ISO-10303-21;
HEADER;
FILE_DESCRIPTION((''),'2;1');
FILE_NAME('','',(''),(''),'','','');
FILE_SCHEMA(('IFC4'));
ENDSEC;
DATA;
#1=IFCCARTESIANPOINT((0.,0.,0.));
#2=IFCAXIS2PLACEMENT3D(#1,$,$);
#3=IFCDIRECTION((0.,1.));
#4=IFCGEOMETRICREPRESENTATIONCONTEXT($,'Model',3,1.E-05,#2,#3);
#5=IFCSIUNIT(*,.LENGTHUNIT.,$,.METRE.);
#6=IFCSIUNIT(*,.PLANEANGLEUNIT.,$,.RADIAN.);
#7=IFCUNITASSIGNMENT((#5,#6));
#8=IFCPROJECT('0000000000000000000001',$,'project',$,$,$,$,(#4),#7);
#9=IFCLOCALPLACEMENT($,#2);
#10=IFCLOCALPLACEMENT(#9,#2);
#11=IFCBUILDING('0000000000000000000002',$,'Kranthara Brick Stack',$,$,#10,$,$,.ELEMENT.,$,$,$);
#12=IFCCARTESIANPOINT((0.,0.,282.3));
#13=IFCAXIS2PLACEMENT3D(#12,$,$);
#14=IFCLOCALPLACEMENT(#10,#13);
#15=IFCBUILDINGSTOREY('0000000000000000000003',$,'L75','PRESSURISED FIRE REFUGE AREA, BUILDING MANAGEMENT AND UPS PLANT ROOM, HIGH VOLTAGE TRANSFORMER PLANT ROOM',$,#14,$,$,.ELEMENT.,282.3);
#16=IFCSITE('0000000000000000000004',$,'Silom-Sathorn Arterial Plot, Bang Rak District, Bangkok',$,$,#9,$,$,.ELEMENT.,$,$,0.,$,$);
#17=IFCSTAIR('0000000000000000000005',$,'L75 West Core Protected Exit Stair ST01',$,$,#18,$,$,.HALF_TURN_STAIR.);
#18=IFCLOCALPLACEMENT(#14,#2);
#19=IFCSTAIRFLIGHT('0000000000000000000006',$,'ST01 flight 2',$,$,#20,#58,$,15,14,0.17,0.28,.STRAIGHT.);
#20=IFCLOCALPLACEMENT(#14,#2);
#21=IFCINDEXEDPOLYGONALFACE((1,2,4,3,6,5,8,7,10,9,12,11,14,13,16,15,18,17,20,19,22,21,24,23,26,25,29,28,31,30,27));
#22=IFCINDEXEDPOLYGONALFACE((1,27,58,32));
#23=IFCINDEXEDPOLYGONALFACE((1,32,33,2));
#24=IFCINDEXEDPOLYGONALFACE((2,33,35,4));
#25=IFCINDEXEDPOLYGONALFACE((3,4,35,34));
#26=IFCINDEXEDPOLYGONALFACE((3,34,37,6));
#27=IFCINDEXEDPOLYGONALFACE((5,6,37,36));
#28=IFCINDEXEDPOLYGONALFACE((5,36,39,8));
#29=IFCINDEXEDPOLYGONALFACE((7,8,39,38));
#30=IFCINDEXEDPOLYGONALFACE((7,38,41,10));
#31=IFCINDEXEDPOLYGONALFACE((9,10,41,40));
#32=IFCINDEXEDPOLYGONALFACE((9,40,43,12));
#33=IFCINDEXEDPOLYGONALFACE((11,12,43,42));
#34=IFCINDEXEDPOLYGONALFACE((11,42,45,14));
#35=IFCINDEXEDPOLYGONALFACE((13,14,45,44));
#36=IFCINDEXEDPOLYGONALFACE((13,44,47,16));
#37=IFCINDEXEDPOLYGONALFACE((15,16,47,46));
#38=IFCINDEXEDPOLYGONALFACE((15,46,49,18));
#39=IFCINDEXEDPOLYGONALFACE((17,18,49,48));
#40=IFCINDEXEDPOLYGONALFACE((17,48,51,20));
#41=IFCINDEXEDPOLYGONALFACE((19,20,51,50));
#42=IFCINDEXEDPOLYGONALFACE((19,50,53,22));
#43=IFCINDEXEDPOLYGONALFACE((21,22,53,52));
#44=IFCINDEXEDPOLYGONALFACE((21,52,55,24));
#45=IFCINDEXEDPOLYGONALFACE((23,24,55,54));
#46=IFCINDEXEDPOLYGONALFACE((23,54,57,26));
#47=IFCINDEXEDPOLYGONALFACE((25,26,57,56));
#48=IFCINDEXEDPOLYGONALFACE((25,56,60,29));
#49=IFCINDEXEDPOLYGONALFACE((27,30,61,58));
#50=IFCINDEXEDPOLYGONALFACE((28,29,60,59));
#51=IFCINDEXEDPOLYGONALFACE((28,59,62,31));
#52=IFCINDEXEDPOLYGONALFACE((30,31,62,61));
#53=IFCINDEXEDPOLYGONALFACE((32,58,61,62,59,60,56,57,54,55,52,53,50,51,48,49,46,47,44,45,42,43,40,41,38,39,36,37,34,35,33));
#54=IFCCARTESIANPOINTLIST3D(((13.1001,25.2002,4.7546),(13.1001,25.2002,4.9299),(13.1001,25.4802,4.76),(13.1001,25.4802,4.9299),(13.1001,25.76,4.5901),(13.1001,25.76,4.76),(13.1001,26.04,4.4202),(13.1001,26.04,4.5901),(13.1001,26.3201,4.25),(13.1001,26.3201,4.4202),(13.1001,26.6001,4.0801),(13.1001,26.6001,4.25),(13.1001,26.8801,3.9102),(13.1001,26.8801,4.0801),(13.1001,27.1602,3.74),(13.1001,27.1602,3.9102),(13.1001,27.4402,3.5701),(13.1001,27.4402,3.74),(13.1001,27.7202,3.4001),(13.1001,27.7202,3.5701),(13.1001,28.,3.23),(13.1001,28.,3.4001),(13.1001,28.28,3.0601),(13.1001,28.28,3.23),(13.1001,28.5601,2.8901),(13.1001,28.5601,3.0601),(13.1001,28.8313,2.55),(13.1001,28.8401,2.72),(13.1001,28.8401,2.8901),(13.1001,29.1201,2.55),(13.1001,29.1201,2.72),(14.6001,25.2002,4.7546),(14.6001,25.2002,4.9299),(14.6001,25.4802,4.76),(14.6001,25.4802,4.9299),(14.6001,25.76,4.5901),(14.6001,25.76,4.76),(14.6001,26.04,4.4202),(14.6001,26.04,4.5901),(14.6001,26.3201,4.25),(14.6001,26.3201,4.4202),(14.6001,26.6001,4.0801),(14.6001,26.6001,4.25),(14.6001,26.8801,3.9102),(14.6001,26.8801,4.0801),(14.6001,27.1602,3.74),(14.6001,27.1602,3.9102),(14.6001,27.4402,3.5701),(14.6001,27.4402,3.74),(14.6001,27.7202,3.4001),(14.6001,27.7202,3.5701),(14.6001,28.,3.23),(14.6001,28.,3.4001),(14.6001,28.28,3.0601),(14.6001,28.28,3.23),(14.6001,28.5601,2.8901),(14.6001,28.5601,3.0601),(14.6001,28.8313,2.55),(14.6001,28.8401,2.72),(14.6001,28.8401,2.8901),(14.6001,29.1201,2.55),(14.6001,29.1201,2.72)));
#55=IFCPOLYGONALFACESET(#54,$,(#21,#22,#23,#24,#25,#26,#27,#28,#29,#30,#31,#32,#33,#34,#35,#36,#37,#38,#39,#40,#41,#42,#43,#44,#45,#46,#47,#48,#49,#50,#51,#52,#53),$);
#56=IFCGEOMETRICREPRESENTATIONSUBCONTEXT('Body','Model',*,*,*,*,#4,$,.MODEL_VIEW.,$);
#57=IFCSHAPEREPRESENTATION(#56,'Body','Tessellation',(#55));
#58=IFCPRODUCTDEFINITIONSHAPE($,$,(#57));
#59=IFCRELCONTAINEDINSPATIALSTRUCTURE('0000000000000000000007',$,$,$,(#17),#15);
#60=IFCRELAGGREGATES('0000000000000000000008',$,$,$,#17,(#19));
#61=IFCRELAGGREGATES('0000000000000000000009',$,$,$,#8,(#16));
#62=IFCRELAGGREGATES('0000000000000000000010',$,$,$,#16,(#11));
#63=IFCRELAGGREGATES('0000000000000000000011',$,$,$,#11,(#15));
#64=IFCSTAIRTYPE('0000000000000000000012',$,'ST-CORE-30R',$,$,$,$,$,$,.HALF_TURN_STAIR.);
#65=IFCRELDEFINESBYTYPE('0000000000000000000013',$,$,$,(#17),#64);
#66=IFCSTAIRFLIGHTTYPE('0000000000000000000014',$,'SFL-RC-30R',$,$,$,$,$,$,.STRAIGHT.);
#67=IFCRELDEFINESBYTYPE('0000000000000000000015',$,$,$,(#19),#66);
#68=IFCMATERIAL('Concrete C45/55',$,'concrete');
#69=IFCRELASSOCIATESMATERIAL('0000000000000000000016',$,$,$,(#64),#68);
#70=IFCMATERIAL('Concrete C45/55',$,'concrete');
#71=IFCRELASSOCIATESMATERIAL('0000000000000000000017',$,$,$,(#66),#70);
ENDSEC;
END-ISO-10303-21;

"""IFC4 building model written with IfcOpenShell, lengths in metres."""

from ifc_helpers import new_model, si_unit, direction, frame, origin, place, context, subcontext, project, spatial, polyline, outline, extrude, material, type_object, element, aggregate, save


model = new_model("IFC4")

# Units and contexts
model_context = context("Model", 3, precision=1e-05, world=origin(), true_north=direction((0.0, 1.0)))
body_context = subcontext(model_context, "Body", "Model", "MODEL_VIEW")
ifc_project = project(units=[si_unit("LENGTHUNIT", "METRE"), si_unit("PLANEANGLEUNIT", "RADIAN")], contexts=[model_context])

# Site, building, storey
site_placement = place(None, origin())
site = spatial("IfcSite", under=ifc_project, at=site_placement, Name="Silom-Sathorn Arterial Plot, Bang Rak District, Bangkok", CompositionType="ELEMENT", RefElevation=0.0)
building_placement = place(site_placement, origin())
building = spatial("IfcBuilding", under=site, at=building_placement, Name="Kranthara Brick Stack", CompositionType="ELEMENT")
storey_placement = place(building_placement, frame((0.0, 0.0, 282.3)))
storey = spatial("IfcBuildingStorey", under=building, at=storey_placement, Name="L75", Description="PRESSURISED FIRE REFUGE AREA, BUILDING MANAGEMENT AND UPS PLANT ROOM, HIGH VOLTAGE TRANSFORMER PLANT ROOM", CompositionType="ELEMENT", Elevation=282.3)

# Stair, stair flight
ifc_material_1 = material(Name="Concrete C45/55", Category="concrete")
stair_type = type_object("IfcStairType", Name="ST-CORE-30R", PredefinedType="HALF_TURN_STAIR", material=ifc_material_1)
stair_placement = place(storey_placement, origin())
stair = element("IfcStair", 1, at=stair_placement, inside=storey, type_object=stair_type, Name="L75 West Core Protected Exit Stair ST01", PredefinedType="HALF_TURN_STAIR")
ifc_material_2 = material(Name="Concrete C45/55", Category="concrete")
stair_flight_type = type_object("IfcStairFlightType", Name="SFL-RC-30R", PredefinedType="STRAIGHT", material=ifc_material_2)
stair_flight_placement = place(storey_placement, frame((13.8501, 29.1201, 2.55), z_axis=(0.0, 0.0, 1.0), x_axis=(0.0, -1.0, 0.0)))
stair_flight = element("IfcStairFlight", 2, at=stair_flight_placement, type_object=stair_flight_type, Name="ST01 flight 2", NumberOfRisers=15, NumberOfTreads=14, PredefinedType="STRAIGHT", RiserHeight=0.17, TreadLength=0.28, context=body_context, shape_type="SweptSolid", body=[
    extrude(outline(polyline([(0.0, 0.0), (0.0, 0.1699), (0.28, 0.1699), (0.28, 0.3401), (0.5601, 0.3401), (0.5601, 0.51), (0.8401, 0.51), (0.8401, 0.6799), (1.1201, 0.6799), (1.1201, 0.8501), (1.3999, 0.8501), (1.3999, 1.02), (1.6799, 1.02), (1.6799, 1.1899), (1.96, 1.1899), (1.96, 1.3601), (2.24, 1.3601), (2.24, 1.53), (2.52, 1.53), (2.52, 1.7), (2.8, 1.7), (2.8, 1.8701), (3.0801, 1.8701), (3.0801, 2.04), (3.3601, 2.04), (3.3601, 2.21), (3.6399, 2.21), (3.6399, 2.3799), (3.9199, 2.3799), (3.9199, 2.55), (3.9199, 2.2046), (0.2888, 0.0), (0.0, 0.0)])), frame((0.0, 0.75, 0.0), z_axis=(0.0, -1.0, 0.0), x_axis=(1.0, 0.0, 0.0)), (0.0, 0.0, 1.0), 1.5),
])
aggregate(stair, [stair_flight])

save(model, "model.ifc")
